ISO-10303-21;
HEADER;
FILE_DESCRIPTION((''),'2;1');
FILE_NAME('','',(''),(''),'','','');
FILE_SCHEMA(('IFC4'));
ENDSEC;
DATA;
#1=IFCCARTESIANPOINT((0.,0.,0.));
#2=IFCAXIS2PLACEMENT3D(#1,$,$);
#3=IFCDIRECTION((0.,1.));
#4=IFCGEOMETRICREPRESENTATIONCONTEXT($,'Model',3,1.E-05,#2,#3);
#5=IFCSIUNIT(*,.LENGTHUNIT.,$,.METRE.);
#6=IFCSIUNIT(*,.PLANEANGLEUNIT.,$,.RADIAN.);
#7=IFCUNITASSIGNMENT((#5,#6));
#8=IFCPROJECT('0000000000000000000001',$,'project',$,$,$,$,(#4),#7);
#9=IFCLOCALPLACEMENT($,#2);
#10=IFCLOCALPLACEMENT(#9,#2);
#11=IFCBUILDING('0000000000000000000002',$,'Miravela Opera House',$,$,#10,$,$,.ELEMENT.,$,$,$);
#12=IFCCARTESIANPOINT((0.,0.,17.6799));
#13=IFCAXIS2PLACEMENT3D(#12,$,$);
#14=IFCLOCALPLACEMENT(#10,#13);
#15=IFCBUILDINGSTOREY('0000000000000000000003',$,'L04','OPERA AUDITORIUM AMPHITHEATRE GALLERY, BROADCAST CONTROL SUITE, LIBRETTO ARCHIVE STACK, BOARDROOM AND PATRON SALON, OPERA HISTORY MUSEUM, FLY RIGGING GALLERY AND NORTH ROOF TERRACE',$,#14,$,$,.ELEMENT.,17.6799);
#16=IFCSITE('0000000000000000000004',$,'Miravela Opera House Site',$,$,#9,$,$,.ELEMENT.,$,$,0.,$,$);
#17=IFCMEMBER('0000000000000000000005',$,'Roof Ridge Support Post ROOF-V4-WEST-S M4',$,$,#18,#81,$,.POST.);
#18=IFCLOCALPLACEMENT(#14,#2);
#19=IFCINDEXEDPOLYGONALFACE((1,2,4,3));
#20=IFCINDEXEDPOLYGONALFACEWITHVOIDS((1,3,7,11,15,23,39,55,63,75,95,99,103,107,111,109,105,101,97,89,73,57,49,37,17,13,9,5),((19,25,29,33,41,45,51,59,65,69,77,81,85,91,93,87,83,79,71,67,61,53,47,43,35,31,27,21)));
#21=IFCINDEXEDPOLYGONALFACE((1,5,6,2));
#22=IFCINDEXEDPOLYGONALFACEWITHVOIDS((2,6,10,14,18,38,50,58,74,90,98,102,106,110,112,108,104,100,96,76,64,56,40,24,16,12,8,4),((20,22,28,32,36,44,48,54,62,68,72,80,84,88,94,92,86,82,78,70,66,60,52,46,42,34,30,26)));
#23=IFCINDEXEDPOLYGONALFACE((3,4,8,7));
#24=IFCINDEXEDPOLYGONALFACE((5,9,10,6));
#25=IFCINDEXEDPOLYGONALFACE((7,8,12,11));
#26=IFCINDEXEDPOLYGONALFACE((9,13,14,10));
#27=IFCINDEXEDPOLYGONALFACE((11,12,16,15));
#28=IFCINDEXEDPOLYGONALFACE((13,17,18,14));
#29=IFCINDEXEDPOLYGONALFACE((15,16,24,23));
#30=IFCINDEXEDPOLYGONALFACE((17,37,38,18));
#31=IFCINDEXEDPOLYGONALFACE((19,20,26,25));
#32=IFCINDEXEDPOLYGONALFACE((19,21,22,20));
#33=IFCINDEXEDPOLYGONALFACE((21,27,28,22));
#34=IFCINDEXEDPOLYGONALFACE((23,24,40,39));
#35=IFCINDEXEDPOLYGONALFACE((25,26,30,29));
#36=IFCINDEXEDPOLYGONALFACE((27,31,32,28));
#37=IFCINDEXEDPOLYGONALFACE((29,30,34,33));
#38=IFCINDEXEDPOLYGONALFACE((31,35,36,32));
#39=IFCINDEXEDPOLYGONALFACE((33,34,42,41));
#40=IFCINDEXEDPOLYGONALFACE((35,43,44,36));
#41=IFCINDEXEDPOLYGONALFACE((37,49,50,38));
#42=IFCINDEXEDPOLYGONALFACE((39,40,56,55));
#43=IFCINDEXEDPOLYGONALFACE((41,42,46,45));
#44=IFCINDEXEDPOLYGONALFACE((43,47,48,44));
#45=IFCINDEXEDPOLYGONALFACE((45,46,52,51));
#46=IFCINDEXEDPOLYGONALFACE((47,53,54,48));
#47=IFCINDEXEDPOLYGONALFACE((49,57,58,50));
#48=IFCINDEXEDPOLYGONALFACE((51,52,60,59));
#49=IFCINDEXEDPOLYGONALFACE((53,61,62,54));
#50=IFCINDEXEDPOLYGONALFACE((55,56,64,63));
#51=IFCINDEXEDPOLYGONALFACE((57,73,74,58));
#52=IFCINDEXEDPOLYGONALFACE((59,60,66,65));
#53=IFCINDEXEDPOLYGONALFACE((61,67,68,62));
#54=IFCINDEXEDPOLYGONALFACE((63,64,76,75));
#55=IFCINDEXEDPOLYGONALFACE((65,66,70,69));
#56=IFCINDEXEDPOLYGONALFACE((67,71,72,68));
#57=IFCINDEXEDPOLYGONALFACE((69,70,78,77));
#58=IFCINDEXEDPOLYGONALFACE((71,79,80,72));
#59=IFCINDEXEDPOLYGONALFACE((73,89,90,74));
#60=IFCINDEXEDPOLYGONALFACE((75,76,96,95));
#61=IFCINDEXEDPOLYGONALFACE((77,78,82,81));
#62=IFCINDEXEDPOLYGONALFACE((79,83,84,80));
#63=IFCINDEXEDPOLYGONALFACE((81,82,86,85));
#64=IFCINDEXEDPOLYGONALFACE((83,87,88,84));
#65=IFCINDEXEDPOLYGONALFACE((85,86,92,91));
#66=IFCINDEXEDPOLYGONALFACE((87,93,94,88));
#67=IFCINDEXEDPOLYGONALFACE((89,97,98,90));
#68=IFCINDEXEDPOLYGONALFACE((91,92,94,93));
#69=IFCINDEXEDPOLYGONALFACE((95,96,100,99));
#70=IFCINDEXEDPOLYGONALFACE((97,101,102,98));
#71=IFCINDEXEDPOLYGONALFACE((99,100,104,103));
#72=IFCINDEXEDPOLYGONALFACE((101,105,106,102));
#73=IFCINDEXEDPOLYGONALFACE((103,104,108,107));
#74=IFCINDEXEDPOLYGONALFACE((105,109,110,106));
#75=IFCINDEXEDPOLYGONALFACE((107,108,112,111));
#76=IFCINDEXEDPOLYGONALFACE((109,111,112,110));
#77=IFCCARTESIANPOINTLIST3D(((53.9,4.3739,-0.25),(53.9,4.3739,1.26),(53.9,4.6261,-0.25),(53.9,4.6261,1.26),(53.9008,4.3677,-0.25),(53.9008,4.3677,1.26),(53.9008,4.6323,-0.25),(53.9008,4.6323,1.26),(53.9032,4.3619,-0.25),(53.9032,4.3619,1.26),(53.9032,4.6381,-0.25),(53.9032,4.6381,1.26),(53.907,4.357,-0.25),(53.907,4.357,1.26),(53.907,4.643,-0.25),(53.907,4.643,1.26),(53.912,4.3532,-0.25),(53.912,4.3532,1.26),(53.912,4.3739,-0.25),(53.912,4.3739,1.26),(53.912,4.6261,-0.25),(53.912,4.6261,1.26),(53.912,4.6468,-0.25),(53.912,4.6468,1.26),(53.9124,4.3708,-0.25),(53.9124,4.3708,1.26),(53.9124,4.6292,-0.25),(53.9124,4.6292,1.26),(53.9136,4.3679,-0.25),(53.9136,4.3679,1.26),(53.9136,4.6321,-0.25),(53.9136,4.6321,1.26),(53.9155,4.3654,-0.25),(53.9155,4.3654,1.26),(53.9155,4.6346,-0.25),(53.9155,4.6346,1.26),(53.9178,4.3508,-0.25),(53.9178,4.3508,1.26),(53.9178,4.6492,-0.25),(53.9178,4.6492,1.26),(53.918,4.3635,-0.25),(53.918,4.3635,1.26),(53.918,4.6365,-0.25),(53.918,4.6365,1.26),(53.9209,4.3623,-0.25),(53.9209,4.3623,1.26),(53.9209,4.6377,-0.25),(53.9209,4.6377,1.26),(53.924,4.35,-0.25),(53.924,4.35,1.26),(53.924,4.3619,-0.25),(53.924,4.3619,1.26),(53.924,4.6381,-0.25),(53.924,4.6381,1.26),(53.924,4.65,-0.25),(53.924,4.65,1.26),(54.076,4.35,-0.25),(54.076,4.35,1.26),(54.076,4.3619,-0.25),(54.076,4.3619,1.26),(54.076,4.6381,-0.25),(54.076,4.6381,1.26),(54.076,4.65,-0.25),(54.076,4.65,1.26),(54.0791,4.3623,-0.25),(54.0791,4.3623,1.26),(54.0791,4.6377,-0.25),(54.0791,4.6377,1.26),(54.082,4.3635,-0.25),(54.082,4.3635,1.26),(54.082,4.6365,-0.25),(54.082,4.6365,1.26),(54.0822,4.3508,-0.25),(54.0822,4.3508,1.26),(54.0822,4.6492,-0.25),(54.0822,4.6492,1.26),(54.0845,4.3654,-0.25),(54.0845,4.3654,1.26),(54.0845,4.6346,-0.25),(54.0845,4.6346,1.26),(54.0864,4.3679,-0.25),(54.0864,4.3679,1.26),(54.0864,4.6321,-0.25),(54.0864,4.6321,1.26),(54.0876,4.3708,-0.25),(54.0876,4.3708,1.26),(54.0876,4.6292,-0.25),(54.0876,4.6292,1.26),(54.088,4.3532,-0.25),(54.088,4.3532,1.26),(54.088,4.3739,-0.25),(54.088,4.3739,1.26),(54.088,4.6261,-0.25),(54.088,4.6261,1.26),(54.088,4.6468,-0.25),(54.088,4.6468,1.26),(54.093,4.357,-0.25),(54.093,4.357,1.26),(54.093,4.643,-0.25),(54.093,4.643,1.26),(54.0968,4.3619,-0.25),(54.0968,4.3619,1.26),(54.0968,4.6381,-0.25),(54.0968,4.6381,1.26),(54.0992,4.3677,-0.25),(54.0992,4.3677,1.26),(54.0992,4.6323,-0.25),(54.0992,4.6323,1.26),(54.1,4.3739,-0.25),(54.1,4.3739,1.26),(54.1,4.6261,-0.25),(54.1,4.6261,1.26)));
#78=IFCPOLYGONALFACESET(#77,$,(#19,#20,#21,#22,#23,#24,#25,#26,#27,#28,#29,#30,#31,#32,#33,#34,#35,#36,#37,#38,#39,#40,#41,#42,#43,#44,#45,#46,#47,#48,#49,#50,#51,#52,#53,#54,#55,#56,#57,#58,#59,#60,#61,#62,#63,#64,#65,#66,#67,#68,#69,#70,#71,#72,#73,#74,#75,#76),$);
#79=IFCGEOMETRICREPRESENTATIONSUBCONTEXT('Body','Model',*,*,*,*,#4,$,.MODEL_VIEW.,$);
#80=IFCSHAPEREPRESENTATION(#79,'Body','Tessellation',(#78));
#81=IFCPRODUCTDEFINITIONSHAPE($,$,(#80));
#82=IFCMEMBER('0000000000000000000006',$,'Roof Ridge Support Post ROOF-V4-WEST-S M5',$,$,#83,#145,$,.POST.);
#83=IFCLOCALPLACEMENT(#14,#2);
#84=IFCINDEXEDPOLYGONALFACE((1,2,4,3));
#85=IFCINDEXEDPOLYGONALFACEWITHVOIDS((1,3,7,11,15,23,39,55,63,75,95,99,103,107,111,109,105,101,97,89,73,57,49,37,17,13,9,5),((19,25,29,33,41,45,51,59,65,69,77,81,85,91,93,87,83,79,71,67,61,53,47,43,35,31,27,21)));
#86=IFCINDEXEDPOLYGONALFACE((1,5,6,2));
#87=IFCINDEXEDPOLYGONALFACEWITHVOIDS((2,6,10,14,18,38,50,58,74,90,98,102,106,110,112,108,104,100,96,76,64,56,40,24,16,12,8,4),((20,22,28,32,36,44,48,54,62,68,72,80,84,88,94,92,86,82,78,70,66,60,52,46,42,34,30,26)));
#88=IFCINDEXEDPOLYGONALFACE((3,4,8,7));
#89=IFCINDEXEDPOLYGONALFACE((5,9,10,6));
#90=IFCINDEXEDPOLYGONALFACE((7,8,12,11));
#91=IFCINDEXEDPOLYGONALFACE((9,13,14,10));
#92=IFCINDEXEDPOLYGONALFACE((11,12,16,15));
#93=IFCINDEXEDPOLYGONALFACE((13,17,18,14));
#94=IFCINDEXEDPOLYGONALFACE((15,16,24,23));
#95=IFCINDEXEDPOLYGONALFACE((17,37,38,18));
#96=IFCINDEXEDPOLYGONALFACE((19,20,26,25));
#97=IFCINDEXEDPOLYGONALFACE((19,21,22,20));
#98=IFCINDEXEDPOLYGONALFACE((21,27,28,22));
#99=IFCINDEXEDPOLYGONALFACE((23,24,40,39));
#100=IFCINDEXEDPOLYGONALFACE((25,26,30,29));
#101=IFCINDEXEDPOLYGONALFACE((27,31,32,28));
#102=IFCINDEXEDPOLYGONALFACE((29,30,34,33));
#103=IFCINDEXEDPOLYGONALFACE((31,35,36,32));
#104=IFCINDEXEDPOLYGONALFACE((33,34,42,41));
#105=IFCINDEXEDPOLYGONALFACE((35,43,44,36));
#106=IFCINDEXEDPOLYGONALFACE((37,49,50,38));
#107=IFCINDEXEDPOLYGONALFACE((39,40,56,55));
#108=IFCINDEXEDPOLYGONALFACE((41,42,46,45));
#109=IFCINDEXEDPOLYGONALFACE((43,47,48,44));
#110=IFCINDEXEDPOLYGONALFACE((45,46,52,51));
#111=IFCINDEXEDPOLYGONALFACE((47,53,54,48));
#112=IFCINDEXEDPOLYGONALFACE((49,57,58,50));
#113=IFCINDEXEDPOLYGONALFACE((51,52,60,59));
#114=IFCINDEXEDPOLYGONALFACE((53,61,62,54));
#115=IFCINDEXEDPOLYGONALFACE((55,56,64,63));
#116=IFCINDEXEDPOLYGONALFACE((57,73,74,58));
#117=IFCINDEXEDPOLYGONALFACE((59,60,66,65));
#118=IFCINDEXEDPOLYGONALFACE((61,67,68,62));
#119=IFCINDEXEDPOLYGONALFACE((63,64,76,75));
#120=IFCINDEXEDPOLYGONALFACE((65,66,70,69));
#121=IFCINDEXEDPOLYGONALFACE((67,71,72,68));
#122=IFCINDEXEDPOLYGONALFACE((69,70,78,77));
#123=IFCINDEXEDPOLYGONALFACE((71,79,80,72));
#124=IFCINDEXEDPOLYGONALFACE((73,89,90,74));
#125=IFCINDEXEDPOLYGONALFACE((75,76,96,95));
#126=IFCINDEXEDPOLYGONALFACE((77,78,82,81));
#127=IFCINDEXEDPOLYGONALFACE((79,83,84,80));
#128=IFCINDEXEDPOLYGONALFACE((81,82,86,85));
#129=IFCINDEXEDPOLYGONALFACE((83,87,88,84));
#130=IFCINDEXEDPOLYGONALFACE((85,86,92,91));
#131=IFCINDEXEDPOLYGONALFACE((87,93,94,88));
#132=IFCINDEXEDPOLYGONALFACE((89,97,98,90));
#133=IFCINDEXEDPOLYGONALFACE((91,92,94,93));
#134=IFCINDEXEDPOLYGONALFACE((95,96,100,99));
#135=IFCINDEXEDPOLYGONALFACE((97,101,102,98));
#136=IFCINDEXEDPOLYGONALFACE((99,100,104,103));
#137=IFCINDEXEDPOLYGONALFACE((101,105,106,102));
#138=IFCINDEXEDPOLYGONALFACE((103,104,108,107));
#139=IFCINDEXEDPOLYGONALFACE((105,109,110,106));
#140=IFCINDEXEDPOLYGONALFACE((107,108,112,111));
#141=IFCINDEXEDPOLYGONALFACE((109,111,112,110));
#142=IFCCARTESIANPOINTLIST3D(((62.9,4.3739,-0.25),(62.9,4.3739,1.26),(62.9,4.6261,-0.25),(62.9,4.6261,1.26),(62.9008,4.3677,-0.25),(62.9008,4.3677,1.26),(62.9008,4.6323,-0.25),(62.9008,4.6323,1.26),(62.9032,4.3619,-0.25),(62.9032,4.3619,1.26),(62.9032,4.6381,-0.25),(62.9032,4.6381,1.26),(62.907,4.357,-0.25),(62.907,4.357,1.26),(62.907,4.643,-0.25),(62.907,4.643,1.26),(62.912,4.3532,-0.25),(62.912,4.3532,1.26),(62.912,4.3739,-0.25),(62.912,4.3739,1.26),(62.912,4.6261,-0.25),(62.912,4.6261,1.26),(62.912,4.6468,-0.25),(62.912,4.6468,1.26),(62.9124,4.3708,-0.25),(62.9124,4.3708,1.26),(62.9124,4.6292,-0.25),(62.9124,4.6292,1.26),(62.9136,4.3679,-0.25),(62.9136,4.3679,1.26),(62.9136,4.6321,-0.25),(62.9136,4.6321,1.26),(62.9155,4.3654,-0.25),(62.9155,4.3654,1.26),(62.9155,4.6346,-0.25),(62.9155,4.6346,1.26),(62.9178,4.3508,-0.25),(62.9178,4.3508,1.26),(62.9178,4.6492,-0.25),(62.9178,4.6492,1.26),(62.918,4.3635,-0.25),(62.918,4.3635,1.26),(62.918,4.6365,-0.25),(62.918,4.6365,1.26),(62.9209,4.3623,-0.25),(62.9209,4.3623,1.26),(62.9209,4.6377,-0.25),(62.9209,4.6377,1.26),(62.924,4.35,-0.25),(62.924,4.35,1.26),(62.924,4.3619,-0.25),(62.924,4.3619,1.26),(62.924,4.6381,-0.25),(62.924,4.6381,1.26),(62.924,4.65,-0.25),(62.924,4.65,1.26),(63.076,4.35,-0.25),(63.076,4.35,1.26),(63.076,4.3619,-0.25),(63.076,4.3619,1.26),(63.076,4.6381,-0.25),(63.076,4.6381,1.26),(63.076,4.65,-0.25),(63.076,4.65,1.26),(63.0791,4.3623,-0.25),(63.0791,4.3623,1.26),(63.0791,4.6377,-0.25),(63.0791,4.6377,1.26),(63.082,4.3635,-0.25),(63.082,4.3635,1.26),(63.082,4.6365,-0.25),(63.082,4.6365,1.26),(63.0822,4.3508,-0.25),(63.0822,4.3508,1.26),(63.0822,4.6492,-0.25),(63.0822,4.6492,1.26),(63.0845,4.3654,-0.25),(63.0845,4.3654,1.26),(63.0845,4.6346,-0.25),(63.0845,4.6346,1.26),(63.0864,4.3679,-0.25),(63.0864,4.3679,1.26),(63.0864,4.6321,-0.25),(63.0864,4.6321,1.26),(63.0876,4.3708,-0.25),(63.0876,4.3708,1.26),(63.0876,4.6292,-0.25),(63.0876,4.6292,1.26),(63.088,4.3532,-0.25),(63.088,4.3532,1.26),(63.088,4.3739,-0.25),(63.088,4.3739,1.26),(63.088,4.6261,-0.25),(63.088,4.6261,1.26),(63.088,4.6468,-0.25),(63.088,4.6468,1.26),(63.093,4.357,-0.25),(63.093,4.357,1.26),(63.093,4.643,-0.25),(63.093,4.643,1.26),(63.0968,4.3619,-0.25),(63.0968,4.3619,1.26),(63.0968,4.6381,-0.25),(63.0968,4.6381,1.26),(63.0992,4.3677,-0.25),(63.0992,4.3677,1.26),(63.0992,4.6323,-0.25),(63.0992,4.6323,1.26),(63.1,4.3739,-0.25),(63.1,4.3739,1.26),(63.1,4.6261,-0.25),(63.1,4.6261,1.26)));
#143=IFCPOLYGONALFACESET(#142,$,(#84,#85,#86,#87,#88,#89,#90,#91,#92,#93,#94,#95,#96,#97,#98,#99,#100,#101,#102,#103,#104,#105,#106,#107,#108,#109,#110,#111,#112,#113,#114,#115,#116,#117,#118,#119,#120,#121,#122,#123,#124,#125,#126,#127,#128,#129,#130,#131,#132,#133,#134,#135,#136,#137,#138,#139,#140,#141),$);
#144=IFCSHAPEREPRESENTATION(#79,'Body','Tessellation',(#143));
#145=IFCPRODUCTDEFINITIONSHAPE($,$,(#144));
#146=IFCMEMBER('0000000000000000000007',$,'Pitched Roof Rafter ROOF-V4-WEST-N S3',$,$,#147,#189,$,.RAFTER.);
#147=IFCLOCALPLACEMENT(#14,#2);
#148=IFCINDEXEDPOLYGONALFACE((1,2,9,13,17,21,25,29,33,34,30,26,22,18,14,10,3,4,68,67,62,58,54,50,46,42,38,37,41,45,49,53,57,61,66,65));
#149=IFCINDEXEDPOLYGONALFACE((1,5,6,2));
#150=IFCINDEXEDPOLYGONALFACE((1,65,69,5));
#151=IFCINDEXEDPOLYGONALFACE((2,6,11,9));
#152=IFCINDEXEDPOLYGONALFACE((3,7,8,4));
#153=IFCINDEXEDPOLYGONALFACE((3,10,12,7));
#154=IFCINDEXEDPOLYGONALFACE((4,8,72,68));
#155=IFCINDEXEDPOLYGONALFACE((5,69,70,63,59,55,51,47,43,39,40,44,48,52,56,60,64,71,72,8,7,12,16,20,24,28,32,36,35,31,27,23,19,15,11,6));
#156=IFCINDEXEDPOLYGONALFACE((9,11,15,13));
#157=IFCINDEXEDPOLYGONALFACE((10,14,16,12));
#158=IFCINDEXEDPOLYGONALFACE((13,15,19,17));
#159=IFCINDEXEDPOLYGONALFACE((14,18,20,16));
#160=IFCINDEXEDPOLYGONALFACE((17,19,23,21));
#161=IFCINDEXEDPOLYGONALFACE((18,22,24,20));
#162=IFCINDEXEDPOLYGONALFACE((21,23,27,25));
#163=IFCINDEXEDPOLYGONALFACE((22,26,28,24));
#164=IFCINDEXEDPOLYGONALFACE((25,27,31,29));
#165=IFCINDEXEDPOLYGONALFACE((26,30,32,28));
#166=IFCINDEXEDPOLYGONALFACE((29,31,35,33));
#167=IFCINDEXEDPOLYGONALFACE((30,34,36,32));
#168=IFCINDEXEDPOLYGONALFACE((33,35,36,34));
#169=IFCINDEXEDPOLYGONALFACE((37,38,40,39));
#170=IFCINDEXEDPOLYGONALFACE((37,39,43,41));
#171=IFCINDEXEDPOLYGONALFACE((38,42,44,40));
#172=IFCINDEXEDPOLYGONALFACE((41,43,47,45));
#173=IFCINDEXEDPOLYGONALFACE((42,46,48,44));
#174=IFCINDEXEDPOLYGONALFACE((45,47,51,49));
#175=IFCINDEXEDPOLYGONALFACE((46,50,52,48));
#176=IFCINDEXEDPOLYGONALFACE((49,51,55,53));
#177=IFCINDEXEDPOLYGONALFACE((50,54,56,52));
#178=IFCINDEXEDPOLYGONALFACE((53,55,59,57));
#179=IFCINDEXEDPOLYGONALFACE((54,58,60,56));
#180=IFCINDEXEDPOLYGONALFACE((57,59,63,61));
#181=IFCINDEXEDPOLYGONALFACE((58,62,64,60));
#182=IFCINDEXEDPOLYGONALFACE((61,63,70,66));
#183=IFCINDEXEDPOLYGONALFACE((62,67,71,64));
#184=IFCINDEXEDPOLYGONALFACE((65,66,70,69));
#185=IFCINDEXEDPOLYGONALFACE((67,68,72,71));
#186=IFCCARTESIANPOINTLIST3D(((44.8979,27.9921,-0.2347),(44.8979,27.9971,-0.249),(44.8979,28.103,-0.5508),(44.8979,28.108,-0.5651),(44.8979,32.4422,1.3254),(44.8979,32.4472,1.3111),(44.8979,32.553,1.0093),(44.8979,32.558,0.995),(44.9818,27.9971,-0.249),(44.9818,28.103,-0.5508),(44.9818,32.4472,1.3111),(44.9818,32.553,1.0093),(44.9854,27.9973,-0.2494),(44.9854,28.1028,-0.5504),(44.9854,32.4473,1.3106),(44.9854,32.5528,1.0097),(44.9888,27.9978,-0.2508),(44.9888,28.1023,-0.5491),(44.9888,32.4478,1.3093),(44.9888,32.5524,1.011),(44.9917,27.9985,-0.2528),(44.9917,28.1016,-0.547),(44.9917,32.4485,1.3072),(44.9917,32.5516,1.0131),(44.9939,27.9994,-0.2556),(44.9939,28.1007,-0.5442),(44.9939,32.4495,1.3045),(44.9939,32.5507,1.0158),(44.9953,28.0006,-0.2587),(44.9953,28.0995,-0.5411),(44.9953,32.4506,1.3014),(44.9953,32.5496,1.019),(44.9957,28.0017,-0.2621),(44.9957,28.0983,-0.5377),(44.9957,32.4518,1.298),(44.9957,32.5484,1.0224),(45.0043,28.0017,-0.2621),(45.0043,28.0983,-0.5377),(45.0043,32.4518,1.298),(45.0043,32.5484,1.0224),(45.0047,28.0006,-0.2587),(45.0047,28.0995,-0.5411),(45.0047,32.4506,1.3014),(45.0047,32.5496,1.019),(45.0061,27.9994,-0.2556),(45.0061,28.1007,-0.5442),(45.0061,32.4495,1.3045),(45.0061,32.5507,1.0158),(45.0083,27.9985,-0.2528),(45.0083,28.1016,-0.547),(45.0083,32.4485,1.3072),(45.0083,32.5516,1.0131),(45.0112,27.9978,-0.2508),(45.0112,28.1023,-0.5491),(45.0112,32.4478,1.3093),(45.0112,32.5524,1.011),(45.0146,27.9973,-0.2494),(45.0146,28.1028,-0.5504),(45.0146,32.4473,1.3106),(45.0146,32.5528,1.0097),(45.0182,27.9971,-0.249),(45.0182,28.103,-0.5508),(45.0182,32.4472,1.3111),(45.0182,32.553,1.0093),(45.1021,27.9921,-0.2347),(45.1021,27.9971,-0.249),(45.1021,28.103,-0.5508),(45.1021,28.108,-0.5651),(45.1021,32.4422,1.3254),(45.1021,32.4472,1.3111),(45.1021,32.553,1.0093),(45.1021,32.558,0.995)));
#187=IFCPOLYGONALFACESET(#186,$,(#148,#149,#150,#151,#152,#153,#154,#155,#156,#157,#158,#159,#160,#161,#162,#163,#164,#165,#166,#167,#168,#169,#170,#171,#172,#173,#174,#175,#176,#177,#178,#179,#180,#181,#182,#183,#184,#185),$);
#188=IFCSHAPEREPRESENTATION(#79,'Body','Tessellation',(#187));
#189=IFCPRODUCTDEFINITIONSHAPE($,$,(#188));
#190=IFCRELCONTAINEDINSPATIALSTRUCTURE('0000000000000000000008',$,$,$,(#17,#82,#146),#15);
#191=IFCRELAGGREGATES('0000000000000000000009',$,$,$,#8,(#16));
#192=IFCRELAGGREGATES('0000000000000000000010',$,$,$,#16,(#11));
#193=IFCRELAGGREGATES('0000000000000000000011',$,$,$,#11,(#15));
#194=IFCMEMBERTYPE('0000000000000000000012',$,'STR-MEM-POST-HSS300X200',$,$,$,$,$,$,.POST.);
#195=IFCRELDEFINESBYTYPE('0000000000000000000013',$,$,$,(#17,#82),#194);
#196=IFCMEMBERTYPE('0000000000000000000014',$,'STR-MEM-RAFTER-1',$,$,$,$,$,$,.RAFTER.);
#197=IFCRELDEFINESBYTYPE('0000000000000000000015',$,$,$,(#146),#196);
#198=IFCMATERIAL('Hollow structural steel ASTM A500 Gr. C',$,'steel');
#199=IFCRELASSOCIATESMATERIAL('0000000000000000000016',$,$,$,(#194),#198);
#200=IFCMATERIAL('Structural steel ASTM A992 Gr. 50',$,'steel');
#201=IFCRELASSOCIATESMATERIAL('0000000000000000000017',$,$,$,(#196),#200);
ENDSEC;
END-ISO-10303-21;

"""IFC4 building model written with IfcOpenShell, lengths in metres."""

from ifc_helpers import new_model, si_unit, direction, frame, origin, origin_2d, place, context, subcontext, project, spatial, hollow_rectangle, i_section, extrude, material, material_profile, profile_set, type_object, element, save


model = new_model("IFC4")

# Units and contexts
model_context = context("Model", 3, precision=1e-05, world=origin(), true_north=direction((0.0, 1.0)))
body_context = subcontext(model_context, "Body", "Model", "MODEL_VIEW")
ifc_project = project(units=[si_unit("LENGTHUNIT", "METRE"), si_unit("PLANEANGLEUNIT", "RADIAN")], contexts=[model_context])

# Site, building, storey
site_placement = place(None, origin())
site = spatial("IfcSite", under=ifc_project, at=site_placement, Name="Miravela Opera House Site", CompositionType="ELEMENT", RefElevation=0.0)
building_placement = place(site_placement, origin())
building = spatial("IfcBuilding", under=site, at=building_placement, Name="Miravela Opera House", CompositionType="ELEMENT")
storey_placement = place(building_placement, frame((0.0, 0.0, 17.6799)))
storey = spatial("IfcBuildingStorey", under=building, at=storey_placement, Name="L04", Description="OPERA AUDITORIUM AMPHITHEATRE GALLERY, BROADCAST CONTROL SUITE, LIBRETTO ARCHIVE STACK, BOARDROOM AND PATRON SALON, OPERA HISTORY MUSEUM, FLY RIGGING GALLERY AND NORTH ROOF TERRACE", CompositionType="ELEMENT", Elevation=17.6799)

# Members
ifc_material_1 = material(Name="Hollow structural steel ASTM A500 Gr. C", Category="steel")
ifc_material_profile_1 = material_profile(ifc_material_1, hollow_rectangle(XDim=0.2, YDim=0.3, WallThickness=0.012, InnerFilletRadius=0.012, OuterFilletRadius=0.0239, at=origin_2d()), Name="HSS300X200X12")
ifc_profile_set_1 = profile_set([ifc_material_profile_1])
member_type_1 = type_object("IfcMemberType", Name="STR-MEM-POST-HSS300X200", PredefinedType="POST", material=ifc_profile_set_1)
for number, where, z_axis, x_axis, name in (
    (1, (54.0, 4.5, -0.25), (0.0, 0.0, 1.0), (1.0, 0.0, 0.0), "Roof Ridge Support Post ROOF-V4-WEST-S M4"),
    (2, (63.0, 4.5, -0.25), (0.0, 0.0, 1.0), (1.0, 0.0, 0.0), "Roof Ridge Support Post ROOF-V4-WEST-S M5"),
):
    element("IfcMember", number, at=place(storey_placement, frame(where, z_axis=z_axis, x_axis=x_axis)), inside=storey, type_object=member_type_1, Name=name, PredefinedType="POST", context=body_context, shape_type="SweptSolid", body=[
        extrude(hollow_rectangle(XDim=0.2, YDim=0.3, WallThickness=0.012, InnerFilletRadius=0.012, OuterFilletRadius=0.0239, at=origin_2d()), origin(), (0.0, 0.0, 1.0), 1.51),
    ])
ifc_material_2 = material(Name="Structural steel ASTM A992 Gr. 50", Category="steel")
ifc_material_profile_2 = material_profile(ifc_material_2, i_section(OverallWidth=0.2041, OverallDepth=0.3501, WebThickness=0.0085, FlangeThickness=0.0151, FilletRadius=0.0139, at=origin_2d()), Name="W360X72")
ifc_profile_set_2 = profile_set([ifc_material_profile_2])
member_type_2 = type_object("IfcMemberType", Name="STR-MEM-RAFTER-1", PredefinedType="RAFTER", material=ifc_profile_set_2)
for number, where, z_axis, x_axis, name in (
    (3, (45.0, 28.05, -0.3999), (0.0, 0.943688, 0.330837), (-1.0, 0.0, 0.0), "Pitched Roof Rafter ROOF-V4-WEST-N S3"),
):
    element("IfcMember", number, at=place(storey_placement, frame(where, z_axis=z_axis, x_axis=x_axis)), inside=storey, type_object=member_type_2, Name=name, PredefinedType="RAFTER", context=body_context, shape_type="SweptSolid", body=[
        extrude(i_section(OverallWidth=0.2041, OverallDepth=0.3501, WebThickness=0.0085, FlangeThickness=0.0151, FilletRadius=0.0139, at=origin_2d()), origin(), (0.0, 0.0, 1.0), 4.7156),
    ])

save(model, "model.ifc")
